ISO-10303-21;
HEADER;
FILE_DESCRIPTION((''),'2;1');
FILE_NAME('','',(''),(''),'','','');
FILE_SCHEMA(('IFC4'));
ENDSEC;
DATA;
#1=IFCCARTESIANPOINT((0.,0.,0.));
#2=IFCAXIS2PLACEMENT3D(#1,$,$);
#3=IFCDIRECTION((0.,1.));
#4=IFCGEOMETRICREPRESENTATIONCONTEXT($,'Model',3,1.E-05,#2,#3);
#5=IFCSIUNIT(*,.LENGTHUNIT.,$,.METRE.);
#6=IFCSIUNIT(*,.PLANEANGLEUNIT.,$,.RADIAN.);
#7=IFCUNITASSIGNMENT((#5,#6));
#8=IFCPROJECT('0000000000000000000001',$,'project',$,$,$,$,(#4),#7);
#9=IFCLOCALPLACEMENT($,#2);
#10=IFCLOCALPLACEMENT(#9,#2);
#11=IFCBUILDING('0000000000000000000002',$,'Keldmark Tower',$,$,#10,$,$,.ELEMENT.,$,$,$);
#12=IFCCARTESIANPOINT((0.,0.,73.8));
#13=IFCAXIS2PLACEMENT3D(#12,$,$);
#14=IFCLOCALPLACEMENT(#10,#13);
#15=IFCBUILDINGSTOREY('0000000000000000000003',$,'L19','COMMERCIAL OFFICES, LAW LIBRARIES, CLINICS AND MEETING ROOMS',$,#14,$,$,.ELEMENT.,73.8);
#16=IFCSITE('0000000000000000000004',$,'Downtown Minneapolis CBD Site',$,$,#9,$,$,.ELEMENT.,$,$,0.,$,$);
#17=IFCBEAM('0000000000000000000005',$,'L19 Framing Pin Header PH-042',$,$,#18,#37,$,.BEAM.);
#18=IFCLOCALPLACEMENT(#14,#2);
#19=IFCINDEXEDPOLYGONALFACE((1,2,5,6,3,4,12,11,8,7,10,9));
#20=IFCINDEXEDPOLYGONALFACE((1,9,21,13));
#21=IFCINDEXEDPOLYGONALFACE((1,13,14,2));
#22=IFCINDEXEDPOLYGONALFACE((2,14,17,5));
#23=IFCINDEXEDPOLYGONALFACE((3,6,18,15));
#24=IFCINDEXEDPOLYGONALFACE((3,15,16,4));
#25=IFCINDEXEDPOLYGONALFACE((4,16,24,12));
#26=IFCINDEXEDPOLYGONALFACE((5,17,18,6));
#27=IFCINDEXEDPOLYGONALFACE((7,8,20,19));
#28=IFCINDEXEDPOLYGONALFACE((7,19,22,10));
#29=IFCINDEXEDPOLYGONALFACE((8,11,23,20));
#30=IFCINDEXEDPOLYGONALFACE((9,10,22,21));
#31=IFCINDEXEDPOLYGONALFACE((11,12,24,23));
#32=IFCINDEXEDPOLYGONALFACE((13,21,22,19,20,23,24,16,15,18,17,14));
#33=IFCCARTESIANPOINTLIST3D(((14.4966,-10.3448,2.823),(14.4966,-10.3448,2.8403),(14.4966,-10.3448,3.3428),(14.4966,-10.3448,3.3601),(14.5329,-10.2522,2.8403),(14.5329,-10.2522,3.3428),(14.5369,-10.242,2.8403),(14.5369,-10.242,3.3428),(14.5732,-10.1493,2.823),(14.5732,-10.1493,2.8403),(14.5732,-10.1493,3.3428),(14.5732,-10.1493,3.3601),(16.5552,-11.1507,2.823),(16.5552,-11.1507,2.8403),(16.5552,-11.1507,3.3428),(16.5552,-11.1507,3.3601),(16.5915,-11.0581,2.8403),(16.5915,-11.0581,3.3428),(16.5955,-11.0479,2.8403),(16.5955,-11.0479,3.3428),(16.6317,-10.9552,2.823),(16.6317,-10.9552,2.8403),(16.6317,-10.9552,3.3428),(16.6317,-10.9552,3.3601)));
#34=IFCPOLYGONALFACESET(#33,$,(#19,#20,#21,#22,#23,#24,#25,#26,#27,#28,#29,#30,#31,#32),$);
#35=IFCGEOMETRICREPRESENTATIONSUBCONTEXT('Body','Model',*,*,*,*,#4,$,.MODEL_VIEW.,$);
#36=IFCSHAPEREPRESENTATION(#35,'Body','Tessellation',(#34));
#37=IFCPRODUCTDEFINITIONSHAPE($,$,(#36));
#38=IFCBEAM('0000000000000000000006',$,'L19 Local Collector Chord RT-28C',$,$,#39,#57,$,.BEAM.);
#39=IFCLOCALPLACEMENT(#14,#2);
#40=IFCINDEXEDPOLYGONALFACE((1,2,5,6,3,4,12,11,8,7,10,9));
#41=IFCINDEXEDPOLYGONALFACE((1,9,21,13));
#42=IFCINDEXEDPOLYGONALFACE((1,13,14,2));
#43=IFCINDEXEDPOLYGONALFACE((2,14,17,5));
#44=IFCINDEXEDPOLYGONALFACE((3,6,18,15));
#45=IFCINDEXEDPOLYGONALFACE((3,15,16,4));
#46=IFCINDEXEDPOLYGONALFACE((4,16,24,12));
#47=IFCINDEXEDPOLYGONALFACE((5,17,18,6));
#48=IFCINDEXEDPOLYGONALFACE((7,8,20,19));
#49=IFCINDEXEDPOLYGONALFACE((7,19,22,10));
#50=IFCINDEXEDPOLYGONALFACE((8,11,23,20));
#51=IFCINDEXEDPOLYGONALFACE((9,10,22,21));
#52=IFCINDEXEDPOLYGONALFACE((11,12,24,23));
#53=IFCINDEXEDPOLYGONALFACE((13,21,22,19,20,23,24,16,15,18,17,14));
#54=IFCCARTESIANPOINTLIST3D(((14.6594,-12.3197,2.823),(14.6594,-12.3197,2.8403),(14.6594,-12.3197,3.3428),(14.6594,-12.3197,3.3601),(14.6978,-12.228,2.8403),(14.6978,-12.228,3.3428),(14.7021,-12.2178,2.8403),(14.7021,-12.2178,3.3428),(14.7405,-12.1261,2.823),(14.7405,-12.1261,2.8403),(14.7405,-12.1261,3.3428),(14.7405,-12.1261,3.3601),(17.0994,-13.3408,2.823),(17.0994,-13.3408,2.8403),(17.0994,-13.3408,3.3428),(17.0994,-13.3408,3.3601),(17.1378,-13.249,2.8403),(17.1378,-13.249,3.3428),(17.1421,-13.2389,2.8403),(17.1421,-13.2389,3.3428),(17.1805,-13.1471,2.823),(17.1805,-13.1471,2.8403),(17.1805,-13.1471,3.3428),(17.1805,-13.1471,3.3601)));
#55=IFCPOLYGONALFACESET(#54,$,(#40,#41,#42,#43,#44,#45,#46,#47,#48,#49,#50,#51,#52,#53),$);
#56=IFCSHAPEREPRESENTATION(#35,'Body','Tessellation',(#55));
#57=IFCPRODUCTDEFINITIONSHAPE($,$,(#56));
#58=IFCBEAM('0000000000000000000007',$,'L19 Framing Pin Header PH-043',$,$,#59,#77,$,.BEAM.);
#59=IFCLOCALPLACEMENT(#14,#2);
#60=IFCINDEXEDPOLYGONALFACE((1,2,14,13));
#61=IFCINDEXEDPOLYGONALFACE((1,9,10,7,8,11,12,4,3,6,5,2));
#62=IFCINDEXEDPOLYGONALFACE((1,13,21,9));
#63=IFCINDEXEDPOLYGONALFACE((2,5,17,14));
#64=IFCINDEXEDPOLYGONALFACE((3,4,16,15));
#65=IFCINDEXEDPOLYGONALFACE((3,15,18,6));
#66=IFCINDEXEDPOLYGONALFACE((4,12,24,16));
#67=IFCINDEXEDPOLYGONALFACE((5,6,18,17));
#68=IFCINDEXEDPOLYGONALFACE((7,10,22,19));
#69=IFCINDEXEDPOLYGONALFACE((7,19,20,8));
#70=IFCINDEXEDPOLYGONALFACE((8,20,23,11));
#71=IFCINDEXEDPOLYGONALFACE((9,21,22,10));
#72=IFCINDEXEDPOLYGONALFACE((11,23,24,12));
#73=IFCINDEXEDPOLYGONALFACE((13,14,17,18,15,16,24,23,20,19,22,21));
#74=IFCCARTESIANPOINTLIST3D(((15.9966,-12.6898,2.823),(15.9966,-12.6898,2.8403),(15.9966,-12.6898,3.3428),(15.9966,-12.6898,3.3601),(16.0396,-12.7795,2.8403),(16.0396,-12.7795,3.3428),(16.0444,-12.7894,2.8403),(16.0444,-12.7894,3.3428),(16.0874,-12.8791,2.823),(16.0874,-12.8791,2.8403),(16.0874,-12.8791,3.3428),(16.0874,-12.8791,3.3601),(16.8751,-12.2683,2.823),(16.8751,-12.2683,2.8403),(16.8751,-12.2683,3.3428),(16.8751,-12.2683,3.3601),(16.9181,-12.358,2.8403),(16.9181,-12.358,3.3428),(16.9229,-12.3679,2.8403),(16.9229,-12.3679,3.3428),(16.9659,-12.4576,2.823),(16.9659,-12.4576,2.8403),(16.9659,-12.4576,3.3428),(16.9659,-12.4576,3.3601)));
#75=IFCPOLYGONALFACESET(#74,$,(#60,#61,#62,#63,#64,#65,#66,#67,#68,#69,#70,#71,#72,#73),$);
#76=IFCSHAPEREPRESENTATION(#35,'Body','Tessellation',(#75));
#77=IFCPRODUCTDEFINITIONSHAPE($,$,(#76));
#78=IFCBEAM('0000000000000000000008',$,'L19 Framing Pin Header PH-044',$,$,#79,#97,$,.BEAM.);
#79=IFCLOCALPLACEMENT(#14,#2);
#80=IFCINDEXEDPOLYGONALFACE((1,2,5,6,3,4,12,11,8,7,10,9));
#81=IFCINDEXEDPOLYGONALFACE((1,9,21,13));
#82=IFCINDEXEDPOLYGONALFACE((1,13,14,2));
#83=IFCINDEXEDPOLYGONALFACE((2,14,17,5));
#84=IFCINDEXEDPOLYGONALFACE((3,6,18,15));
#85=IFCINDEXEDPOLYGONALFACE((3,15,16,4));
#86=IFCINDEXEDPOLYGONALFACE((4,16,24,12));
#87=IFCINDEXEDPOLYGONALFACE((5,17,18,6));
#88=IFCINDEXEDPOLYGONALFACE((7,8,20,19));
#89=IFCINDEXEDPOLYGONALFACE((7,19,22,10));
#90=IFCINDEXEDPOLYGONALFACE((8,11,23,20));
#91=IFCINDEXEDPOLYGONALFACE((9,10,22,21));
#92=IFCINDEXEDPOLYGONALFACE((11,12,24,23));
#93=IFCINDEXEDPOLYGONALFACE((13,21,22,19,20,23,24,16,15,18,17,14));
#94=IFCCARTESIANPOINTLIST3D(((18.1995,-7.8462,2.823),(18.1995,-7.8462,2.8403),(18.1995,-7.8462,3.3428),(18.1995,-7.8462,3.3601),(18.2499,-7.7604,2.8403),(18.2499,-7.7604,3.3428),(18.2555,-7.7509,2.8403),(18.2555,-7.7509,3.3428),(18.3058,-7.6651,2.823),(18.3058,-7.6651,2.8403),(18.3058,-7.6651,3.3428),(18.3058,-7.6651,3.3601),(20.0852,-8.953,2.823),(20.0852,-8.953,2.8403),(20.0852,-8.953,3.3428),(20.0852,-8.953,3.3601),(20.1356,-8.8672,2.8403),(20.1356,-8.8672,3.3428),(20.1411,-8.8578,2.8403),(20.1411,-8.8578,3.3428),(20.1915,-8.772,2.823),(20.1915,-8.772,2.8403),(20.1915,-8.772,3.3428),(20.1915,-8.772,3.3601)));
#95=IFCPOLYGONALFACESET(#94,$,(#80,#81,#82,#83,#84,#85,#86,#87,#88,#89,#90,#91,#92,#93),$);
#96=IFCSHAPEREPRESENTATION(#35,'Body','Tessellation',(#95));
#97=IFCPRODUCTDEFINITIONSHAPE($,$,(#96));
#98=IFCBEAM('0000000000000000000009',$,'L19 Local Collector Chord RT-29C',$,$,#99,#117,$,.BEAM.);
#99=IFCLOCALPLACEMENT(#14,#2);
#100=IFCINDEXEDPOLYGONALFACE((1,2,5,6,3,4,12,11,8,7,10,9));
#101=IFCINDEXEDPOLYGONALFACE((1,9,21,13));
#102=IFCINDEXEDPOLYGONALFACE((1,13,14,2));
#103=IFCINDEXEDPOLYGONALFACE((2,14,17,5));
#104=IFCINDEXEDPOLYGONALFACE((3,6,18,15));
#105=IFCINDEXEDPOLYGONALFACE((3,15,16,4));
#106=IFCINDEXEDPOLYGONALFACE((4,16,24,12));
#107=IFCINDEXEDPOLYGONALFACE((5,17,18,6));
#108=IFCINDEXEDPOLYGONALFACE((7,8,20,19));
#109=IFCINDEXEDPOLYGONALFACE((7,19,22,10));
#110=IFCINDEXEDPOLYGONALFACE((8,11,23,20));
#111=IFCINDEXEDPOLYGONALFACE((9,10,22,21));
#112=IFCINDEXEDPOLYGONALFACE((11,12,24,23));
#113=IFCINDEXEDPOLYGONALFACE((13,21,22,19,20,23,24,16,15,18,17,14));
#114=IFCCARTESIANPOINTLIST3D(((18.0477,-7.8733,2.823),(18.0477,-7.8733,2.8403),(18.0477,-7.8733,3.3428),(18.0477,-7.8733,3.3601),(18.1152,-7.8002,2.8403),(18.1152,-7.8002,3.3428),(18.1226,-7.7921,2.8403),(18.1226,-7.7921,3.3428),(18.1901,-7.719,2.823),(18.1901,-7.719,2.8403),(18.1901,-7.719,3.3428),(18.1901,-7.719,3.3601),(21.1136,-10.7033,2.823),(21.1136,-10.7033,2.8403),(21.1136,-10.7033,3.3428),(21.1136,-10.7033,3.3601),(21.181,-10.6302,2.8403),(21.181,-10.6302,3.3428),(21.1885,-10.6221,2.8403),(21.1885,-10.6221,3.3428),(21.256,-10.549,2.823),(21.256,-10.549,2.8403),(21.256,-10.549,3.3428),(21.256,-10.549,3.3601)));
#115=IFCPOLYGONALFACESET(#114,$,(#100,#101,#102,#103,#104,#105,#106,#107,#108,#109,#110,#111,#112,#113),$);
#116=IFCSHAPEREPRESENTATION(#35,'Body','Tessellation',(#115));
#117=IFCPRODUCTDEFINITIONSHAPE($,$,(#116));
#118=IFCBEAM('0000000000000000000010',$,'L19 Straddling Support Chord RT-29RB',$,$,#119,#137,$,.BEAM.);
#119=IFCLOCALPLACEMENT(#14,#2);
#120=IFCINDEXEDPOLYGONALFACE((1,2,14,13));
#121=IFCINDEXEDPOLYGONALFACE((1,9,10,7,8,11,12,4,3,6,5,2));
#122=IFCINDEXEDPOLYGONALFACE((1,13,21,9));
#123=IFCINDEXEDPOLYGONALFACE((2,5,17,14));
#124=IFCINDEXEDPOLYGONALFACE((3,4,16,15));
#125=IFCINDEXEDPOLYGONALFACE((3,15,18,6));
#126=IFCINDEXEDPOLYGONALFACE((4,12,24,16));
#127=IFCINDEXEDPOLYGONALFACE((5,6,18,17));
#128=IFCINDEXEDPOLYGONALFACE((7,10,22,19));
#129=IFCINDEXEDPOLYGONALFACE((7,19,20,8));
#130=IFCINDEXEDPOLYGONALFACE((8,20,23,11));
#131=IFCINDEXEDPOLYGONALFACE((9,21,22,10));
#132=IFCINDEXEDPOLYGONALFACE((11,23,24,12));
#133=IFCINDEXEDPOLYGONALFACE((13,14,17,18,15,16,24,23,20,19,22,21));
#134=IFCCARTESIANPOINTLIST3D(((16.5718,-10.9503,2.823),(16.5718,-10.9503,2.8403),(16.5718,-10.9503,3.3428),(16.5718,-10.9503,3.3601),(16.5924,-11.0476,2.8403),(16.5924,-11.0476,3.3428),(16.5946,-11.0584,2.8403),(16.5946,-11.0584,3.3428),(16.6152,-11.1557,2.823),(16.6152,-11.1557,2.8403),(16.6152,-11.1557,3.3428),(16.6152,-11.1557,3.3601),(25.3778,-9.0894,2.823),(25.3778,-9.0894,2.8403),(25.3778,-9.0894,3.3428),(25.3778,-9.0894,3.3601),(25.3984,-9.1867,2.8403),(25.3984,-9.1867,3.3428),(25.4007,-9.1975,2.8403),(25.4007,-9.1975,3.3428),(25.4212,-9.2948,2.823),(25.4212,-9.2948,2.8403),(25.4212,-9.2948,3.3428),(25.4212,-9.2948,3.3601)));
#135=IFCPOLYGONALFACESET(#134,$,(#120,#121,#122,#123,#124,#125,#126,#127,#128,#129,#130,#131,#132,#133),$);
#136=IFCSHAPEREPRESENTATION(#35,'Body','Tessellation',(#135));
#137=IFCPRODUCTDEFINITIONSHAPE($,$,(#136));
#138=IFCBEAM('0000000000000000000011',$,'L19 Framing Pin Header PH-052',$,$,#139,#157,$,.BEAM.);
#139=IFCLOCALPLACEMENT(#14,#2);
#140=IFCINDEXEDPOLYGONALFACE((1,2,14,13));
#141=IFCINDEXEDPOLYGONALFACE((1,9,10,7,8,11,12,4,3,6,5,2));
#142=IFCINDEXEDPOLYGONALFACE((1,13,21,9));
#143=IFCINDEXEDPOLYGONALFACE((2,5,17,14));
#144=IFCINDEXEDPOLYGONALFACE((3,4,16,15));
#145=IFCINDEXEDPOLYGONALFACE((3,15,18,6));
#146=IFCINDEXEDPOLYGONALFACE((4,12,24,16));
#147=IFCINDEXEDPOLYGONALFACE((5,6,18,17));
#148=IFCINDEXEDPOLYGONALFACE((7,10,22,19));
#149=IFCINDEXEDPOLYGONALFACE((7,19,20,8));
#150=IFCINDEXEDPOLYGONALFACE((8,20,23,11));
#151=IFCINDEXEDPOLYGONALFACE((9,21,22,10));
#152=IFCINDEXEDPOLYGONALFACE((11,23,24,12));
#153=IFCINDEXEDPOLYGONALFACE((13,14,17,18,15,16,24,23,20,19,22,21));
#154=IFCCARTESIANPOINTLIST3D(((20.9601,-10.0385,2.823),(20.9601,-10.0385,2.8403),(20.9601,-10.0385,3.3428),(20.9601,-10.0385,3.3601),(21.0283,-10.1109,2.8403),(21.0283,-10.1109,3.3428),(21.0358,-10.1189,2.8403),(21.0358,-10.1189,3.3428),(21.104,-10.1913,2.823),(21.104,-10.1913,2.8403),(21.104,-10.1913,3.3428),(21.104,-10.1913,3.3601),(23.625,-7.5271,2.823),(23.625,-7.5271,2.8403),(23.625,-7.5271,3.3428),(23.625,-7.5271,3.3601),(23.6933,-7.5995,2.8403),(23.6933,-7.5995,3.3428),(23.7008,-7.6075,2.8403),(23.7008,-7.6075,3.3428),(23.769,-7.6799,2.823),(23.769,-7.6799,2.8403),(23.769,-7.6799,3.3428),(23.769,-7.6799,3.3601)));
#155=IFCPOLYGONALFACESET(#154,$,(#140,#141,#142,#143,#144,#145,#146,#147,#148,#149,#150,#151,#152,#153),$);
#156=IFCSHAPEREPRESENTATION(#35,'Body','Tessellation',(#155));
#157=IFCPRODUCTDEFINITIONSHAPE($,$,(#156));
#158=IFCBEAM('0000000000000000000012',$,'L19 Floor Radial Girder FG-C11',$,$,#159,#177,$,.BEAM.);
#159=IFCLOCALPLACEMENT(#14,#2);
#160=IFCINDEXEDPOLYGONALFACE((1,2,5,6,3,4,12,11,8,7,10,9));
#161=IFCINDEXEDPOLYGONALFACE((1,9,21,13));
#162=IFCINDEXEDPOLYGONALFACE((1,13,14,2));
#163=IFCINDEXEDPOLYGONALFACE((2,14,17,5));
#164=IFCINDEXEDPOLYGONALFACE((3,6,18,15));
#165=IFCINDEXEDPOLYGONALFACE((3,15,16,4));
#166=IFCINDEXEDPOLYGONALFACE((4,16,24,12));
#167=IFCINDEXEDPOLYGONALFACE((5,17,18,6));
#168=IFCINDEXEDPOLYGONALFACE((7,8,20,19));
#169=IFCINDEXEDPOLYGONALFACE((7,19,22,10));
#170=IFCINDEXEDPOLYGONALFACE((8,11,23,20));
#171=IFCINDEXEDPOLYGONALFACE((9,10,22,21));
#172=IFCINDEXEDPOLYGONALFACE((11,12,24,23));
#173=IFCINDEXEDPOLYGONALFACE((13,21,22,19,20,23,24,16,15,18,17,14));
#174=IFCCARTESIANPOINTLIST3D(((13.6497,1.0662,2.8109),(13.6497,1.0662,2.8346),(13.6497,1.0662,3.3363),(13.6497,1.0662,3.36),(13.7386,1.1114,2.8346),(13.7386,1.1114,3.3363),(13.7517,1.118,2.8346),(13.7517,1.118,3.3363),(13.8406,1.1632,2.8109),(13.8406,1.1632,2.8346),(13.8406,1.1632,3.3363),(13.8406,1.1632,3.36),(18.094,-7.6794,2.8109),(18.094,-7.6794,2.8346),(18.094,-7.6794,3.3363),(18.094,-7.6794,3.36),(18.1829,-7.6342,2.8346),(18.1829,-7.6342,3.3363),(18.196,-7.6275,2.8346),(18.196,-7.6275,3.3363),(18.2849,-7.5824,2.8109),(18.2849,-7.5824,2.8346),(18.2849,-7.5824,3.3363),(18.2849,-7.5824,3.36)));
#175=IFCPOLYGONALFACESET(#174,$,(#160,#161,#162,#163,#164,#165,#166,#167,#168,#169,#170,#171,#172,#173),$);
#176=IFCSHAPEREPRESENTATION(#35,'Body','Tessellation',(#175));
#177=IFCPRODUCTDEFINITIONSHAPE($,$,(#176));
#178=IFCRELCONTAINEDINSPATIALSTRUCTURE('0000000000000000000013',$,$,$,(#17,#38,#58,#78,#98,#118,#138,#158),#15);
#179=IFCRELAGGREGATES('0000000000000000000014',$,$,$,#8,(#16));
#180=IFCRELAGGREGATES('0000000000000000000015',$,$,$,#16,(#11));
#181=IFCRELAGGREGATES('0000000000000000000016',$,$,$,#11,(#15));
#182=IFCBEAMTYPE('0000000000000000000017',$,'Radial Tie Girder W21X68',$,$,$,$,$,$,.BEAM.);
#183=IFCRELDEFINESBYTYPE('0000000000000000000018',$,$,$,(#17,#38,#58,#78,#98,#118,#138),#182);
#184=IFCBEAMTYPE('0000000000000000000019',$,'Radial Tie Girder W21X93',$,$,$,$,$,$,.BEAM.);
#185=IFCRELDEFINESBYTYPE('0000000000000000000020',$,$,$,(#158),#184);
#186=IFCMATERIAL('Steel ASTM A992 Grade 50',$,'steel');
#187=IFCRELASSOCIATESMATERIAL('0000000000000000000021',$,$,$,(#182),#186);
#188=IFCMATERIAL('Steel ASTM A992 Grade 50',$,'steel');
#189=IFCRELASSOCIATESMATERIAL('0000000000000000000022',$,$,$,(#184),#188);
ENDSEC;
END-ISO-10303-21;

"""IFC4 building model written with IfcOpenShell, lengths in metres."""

from ifc_helpers import new_model, si_unit, direction, frame, origin, origin_2d, place, context, subcontext, project, spatial, i_section, extrude, material, material_profile, profile_set, type_object, element, save


model = new_model("IFC4")

# Units and contexts
model_context = context("Model", 3, precision=1e-05, world=origin(), true_north=direction((0.0, 1.0)))
body_context = subcontext(model_context, "Body", "Model", "MODEL_VIEW")
ifc_project = project(units=[si_unit("LENGTHUNIT", "METRE"), si_unit("PLANEANGLEUNIT", "RADIAN")], contexts=[model_context])

# Site, building, storey
site_placement = place(None, origin())
site = spatial("IfcSite", under=ifc_project, at=site_placement, Name="Downtown Minneapolis CBD Site", CompositionType="ELEMENT", RefElevation=0.0)
building_placement = place(site_placement, origin())
building = spatial("IfcBuilding", under=site, at=building_placement, Name="Keldmark Tower", CompositionType="ELEMENT")
storey_placement = place(building_placement, frame((0.0, 0.0, 73.8)))
storey = spatial("IfcBuildingStorey", under=building, at=storey_placement, Name="L19", Description="COMMERCIAL OFFICES, LAW LIBRARIES, CLINICS AND MEETING ROOMS", CompositionType="ELEMENT", Elevation=73.8)

# Beams
ifc_material_1 = material(Name="Steel ASTM A992 Grade 50", Category="steel")
ifc_material_profile_1 = material_profile(ifc_material_1, i_section(OverallWidth=0.21, OverallDepth=0.5371, WebThickness=0.011, FlangeThickness=0.0173, at=origin_2d()), Name="W21X68")
ifc_profile_set_1 = profile_set([ifc_material_profile_1], Name="Steel ASTM A992 Grade 50")
beam_type_1 = type_object("IfcBeamType", Name="Radial Tie Girder W21X68", PredefinedType="BEAM", material=ifc_profile_set_1)
beam_1_placement = place(storey_placement, frame((14.5349, -10.2471, 3.0916), z_axis=(0.931186, -0.364545, 0.0), x_axis=(0.364545, 0.931186, 0.0)))
element("IfcBeam", 1, at=beam_1_placement, inside=storey, type_object=beam_type_1, Name="L19 Framing Pin Header PH-042", PredefinedType="BEAM", context=body_context, shape_type="SweptSolid", body=[
    extrude(i_section(OverallWidth=0.21, OverallDepth=0.5371, WebThickness=0.011, FlangeThickness=0.0173, at=origin_2d()), origin(), (0.0, 0.0, 1.0), 2.2107),
])
beam_2_placement = place(storey_placement, frame((14.7, -12.2229, 3.0916), z_axis=(0.922491, -0.386018, 0.0), x_axis=(0.386018, 0.922491, 0.0)))
element("IfcBeam", 2, at=beam_2_placement, inside=storey, type_object=beam_type_1, Name="L19 Local Collector Chord RT-28C", PredefinedType="BEAM", context=body_context, shape_type="SweptSolid", body=[
    extrude(i_section(OverallWidth=0.21, OverallDepth=0.5371, WebThickness=0.011, FlangeThickness=0.0173, at=origin_2d()), origin(), (0.0, 0.0, 1.0), 2.645),
])
beam_3_placement = place(storey_placement, frame((16.042, -12.7844, 3.0916), z_axis=(0.901625, 0.432519, 0.0), x_axis=(-0.432519, 0.901625, 0.0)))
element("IfcBeam", 3, at=beam_3_placement, inside=storey, type_object=beam_type_1, Name="L19 Framing Pin Header PH-043", PredefinedType="BEAM", context=body_context, shape_type="SweptSolid", body=[
    extrude(i_section(OverallWidth=0.21, OverallDepth=0.5371, WebThickness=0.011, FlangeThickness=0.0173, at=origin_2d()), origin(), (0.0, 0.0, 1.0), 0.9744),
])
beam_4_placement = place(storey_placement, frame((18.2527, -7.7556, 3.0916), z_axis=(0.862399, -0.506229, 0.0), x_axis=(0.506229, 0.862399, 0.0)))
element("IfcBeam", 4, at=beam_4_placement, inside=storey, type_object=beam_type_1, Name="L19 Framing Pin Header PH-044", PredefinedType="BEAM", context=body_context, shape_type="SweptSolid", body=[
    extrude(i_section(OverallWidth=0.21, OverallDepth=0.5371, WebThickness=0.011, FlangeThickness=0.0173, at=origin_2d()), origin(), (0.0, 0.0, 1.0), 2.1865),
])
beam_5_placement = place(storey_placement, frame((18.1189, -7.7961, 3.0916), z_axis=(0.734803, -0.67828, 0.0), x_axis=(0.67828, 0.734803, 0.0)))
element("IfcBeam", 5, at=beam_5_placement, inside=storey, type_object=beam_type_1, Name="L19 Local Collector Chord RT-29C", PredefinedType="BEAM", context=body_context, shape_type="SweptSolid", body=[
    extrude(i_section(OverallWidth=0.21, OverallDepth=0.5371, WebThickness=0.011, FlangeThickness=0.0173, at=origin_2d()), origin(), (0.0, 0.0, 1.0), 4.1724),
])
beam_6_placement = place(storey_placement, frame((16.5935, -11.053, 3.0916), z_axis=(0.978394, 0.206751, 0.0), x_axis=(-0.206751, 0.978394, 0.0)))
element("IfcBeam", 6, at=beam_6_placement, inside=storey, type_object=beam_type_1, Name="L19 Straddling Support Chord RT-29RB", PredefinedType="BEAM", context=body_context, shape_type="SweptSolid", body=[
    extrude(i_section(OverallWidth=0.21, OverallDepth=0.5371, WebThickness=0.011, FlangeThickness=0.0173, at=origin_2d()), origin(), (0.0, 0.0, 1.0), 9.0005),
])
beam_7_placement = place(storey_placement, frame((23.697, -7.6035, 3.0916), z_axis=(-0.727763, -0.685828, 0.0), x_axis=(0.685828, -0.727763, 0.0)))
element("IfcBeam", 7, at=beam_7_placement, inside=storey, type_object=beam_type_1, Name="L19 Framing Pin Header PH-052", PredefinedType="BEAM", context=body_context, shape_type="SweptSolid", body=[
    extrude(i_section(OverallWidth=0.21, OverallDepth=0.5371, WebThickness=0.011, FlangeThickness=0.0173, at=origin_2d()), origin(), (0.0, 0.0, 1.0), 3.6619),
])
ifc_material_2 = material(Name="Steel ASTM A992 Grade 50", Category="steel")
ifc_material_profile_2 = material_profile(ifc_material_2, i_section(OverallWidth=0.2141, OverallDepth=0.5491, WebThickness=0.0146, FlangeThickness=0.0237, at=origin_2d()), Name="W21X93")
ifc_profile_set_2 = profile_set([ifc_material_profile_2], Name="Steel ASTM A992 Grade 50")
beam_type_2 = type_object("IfcBeamType", Name="Radial Tie Girder W21X93", PredefinedType="BEAM", material=ifc_profile_set_2)
beam_8_placement = place(storey_placement, frame((18.1895, -7.6309, 3.0854), z_axis=(-0.453038, 0.891491, 0.0), x_axis=(-0.891491, -0.453038, 0.0)))
element("IfcBeam", 8, at=beam_8_placement, inside=storey, type_object=beam_type_2, Name="L19 Floor Radial Girder FG-C11", PredefinedType="BEAM", context=body_context, shape_type="SweptSolid", body=[
    extrude(i_section(OverallWidth=0.2141, OverallDepth=0.5491, WebThickness=0.0146, FlangeThickness=0.0237, at=origin_2d()), origin(), (0.0, 0.0, 1.0), 9.8101),
])

save(model, "model.ifc")
